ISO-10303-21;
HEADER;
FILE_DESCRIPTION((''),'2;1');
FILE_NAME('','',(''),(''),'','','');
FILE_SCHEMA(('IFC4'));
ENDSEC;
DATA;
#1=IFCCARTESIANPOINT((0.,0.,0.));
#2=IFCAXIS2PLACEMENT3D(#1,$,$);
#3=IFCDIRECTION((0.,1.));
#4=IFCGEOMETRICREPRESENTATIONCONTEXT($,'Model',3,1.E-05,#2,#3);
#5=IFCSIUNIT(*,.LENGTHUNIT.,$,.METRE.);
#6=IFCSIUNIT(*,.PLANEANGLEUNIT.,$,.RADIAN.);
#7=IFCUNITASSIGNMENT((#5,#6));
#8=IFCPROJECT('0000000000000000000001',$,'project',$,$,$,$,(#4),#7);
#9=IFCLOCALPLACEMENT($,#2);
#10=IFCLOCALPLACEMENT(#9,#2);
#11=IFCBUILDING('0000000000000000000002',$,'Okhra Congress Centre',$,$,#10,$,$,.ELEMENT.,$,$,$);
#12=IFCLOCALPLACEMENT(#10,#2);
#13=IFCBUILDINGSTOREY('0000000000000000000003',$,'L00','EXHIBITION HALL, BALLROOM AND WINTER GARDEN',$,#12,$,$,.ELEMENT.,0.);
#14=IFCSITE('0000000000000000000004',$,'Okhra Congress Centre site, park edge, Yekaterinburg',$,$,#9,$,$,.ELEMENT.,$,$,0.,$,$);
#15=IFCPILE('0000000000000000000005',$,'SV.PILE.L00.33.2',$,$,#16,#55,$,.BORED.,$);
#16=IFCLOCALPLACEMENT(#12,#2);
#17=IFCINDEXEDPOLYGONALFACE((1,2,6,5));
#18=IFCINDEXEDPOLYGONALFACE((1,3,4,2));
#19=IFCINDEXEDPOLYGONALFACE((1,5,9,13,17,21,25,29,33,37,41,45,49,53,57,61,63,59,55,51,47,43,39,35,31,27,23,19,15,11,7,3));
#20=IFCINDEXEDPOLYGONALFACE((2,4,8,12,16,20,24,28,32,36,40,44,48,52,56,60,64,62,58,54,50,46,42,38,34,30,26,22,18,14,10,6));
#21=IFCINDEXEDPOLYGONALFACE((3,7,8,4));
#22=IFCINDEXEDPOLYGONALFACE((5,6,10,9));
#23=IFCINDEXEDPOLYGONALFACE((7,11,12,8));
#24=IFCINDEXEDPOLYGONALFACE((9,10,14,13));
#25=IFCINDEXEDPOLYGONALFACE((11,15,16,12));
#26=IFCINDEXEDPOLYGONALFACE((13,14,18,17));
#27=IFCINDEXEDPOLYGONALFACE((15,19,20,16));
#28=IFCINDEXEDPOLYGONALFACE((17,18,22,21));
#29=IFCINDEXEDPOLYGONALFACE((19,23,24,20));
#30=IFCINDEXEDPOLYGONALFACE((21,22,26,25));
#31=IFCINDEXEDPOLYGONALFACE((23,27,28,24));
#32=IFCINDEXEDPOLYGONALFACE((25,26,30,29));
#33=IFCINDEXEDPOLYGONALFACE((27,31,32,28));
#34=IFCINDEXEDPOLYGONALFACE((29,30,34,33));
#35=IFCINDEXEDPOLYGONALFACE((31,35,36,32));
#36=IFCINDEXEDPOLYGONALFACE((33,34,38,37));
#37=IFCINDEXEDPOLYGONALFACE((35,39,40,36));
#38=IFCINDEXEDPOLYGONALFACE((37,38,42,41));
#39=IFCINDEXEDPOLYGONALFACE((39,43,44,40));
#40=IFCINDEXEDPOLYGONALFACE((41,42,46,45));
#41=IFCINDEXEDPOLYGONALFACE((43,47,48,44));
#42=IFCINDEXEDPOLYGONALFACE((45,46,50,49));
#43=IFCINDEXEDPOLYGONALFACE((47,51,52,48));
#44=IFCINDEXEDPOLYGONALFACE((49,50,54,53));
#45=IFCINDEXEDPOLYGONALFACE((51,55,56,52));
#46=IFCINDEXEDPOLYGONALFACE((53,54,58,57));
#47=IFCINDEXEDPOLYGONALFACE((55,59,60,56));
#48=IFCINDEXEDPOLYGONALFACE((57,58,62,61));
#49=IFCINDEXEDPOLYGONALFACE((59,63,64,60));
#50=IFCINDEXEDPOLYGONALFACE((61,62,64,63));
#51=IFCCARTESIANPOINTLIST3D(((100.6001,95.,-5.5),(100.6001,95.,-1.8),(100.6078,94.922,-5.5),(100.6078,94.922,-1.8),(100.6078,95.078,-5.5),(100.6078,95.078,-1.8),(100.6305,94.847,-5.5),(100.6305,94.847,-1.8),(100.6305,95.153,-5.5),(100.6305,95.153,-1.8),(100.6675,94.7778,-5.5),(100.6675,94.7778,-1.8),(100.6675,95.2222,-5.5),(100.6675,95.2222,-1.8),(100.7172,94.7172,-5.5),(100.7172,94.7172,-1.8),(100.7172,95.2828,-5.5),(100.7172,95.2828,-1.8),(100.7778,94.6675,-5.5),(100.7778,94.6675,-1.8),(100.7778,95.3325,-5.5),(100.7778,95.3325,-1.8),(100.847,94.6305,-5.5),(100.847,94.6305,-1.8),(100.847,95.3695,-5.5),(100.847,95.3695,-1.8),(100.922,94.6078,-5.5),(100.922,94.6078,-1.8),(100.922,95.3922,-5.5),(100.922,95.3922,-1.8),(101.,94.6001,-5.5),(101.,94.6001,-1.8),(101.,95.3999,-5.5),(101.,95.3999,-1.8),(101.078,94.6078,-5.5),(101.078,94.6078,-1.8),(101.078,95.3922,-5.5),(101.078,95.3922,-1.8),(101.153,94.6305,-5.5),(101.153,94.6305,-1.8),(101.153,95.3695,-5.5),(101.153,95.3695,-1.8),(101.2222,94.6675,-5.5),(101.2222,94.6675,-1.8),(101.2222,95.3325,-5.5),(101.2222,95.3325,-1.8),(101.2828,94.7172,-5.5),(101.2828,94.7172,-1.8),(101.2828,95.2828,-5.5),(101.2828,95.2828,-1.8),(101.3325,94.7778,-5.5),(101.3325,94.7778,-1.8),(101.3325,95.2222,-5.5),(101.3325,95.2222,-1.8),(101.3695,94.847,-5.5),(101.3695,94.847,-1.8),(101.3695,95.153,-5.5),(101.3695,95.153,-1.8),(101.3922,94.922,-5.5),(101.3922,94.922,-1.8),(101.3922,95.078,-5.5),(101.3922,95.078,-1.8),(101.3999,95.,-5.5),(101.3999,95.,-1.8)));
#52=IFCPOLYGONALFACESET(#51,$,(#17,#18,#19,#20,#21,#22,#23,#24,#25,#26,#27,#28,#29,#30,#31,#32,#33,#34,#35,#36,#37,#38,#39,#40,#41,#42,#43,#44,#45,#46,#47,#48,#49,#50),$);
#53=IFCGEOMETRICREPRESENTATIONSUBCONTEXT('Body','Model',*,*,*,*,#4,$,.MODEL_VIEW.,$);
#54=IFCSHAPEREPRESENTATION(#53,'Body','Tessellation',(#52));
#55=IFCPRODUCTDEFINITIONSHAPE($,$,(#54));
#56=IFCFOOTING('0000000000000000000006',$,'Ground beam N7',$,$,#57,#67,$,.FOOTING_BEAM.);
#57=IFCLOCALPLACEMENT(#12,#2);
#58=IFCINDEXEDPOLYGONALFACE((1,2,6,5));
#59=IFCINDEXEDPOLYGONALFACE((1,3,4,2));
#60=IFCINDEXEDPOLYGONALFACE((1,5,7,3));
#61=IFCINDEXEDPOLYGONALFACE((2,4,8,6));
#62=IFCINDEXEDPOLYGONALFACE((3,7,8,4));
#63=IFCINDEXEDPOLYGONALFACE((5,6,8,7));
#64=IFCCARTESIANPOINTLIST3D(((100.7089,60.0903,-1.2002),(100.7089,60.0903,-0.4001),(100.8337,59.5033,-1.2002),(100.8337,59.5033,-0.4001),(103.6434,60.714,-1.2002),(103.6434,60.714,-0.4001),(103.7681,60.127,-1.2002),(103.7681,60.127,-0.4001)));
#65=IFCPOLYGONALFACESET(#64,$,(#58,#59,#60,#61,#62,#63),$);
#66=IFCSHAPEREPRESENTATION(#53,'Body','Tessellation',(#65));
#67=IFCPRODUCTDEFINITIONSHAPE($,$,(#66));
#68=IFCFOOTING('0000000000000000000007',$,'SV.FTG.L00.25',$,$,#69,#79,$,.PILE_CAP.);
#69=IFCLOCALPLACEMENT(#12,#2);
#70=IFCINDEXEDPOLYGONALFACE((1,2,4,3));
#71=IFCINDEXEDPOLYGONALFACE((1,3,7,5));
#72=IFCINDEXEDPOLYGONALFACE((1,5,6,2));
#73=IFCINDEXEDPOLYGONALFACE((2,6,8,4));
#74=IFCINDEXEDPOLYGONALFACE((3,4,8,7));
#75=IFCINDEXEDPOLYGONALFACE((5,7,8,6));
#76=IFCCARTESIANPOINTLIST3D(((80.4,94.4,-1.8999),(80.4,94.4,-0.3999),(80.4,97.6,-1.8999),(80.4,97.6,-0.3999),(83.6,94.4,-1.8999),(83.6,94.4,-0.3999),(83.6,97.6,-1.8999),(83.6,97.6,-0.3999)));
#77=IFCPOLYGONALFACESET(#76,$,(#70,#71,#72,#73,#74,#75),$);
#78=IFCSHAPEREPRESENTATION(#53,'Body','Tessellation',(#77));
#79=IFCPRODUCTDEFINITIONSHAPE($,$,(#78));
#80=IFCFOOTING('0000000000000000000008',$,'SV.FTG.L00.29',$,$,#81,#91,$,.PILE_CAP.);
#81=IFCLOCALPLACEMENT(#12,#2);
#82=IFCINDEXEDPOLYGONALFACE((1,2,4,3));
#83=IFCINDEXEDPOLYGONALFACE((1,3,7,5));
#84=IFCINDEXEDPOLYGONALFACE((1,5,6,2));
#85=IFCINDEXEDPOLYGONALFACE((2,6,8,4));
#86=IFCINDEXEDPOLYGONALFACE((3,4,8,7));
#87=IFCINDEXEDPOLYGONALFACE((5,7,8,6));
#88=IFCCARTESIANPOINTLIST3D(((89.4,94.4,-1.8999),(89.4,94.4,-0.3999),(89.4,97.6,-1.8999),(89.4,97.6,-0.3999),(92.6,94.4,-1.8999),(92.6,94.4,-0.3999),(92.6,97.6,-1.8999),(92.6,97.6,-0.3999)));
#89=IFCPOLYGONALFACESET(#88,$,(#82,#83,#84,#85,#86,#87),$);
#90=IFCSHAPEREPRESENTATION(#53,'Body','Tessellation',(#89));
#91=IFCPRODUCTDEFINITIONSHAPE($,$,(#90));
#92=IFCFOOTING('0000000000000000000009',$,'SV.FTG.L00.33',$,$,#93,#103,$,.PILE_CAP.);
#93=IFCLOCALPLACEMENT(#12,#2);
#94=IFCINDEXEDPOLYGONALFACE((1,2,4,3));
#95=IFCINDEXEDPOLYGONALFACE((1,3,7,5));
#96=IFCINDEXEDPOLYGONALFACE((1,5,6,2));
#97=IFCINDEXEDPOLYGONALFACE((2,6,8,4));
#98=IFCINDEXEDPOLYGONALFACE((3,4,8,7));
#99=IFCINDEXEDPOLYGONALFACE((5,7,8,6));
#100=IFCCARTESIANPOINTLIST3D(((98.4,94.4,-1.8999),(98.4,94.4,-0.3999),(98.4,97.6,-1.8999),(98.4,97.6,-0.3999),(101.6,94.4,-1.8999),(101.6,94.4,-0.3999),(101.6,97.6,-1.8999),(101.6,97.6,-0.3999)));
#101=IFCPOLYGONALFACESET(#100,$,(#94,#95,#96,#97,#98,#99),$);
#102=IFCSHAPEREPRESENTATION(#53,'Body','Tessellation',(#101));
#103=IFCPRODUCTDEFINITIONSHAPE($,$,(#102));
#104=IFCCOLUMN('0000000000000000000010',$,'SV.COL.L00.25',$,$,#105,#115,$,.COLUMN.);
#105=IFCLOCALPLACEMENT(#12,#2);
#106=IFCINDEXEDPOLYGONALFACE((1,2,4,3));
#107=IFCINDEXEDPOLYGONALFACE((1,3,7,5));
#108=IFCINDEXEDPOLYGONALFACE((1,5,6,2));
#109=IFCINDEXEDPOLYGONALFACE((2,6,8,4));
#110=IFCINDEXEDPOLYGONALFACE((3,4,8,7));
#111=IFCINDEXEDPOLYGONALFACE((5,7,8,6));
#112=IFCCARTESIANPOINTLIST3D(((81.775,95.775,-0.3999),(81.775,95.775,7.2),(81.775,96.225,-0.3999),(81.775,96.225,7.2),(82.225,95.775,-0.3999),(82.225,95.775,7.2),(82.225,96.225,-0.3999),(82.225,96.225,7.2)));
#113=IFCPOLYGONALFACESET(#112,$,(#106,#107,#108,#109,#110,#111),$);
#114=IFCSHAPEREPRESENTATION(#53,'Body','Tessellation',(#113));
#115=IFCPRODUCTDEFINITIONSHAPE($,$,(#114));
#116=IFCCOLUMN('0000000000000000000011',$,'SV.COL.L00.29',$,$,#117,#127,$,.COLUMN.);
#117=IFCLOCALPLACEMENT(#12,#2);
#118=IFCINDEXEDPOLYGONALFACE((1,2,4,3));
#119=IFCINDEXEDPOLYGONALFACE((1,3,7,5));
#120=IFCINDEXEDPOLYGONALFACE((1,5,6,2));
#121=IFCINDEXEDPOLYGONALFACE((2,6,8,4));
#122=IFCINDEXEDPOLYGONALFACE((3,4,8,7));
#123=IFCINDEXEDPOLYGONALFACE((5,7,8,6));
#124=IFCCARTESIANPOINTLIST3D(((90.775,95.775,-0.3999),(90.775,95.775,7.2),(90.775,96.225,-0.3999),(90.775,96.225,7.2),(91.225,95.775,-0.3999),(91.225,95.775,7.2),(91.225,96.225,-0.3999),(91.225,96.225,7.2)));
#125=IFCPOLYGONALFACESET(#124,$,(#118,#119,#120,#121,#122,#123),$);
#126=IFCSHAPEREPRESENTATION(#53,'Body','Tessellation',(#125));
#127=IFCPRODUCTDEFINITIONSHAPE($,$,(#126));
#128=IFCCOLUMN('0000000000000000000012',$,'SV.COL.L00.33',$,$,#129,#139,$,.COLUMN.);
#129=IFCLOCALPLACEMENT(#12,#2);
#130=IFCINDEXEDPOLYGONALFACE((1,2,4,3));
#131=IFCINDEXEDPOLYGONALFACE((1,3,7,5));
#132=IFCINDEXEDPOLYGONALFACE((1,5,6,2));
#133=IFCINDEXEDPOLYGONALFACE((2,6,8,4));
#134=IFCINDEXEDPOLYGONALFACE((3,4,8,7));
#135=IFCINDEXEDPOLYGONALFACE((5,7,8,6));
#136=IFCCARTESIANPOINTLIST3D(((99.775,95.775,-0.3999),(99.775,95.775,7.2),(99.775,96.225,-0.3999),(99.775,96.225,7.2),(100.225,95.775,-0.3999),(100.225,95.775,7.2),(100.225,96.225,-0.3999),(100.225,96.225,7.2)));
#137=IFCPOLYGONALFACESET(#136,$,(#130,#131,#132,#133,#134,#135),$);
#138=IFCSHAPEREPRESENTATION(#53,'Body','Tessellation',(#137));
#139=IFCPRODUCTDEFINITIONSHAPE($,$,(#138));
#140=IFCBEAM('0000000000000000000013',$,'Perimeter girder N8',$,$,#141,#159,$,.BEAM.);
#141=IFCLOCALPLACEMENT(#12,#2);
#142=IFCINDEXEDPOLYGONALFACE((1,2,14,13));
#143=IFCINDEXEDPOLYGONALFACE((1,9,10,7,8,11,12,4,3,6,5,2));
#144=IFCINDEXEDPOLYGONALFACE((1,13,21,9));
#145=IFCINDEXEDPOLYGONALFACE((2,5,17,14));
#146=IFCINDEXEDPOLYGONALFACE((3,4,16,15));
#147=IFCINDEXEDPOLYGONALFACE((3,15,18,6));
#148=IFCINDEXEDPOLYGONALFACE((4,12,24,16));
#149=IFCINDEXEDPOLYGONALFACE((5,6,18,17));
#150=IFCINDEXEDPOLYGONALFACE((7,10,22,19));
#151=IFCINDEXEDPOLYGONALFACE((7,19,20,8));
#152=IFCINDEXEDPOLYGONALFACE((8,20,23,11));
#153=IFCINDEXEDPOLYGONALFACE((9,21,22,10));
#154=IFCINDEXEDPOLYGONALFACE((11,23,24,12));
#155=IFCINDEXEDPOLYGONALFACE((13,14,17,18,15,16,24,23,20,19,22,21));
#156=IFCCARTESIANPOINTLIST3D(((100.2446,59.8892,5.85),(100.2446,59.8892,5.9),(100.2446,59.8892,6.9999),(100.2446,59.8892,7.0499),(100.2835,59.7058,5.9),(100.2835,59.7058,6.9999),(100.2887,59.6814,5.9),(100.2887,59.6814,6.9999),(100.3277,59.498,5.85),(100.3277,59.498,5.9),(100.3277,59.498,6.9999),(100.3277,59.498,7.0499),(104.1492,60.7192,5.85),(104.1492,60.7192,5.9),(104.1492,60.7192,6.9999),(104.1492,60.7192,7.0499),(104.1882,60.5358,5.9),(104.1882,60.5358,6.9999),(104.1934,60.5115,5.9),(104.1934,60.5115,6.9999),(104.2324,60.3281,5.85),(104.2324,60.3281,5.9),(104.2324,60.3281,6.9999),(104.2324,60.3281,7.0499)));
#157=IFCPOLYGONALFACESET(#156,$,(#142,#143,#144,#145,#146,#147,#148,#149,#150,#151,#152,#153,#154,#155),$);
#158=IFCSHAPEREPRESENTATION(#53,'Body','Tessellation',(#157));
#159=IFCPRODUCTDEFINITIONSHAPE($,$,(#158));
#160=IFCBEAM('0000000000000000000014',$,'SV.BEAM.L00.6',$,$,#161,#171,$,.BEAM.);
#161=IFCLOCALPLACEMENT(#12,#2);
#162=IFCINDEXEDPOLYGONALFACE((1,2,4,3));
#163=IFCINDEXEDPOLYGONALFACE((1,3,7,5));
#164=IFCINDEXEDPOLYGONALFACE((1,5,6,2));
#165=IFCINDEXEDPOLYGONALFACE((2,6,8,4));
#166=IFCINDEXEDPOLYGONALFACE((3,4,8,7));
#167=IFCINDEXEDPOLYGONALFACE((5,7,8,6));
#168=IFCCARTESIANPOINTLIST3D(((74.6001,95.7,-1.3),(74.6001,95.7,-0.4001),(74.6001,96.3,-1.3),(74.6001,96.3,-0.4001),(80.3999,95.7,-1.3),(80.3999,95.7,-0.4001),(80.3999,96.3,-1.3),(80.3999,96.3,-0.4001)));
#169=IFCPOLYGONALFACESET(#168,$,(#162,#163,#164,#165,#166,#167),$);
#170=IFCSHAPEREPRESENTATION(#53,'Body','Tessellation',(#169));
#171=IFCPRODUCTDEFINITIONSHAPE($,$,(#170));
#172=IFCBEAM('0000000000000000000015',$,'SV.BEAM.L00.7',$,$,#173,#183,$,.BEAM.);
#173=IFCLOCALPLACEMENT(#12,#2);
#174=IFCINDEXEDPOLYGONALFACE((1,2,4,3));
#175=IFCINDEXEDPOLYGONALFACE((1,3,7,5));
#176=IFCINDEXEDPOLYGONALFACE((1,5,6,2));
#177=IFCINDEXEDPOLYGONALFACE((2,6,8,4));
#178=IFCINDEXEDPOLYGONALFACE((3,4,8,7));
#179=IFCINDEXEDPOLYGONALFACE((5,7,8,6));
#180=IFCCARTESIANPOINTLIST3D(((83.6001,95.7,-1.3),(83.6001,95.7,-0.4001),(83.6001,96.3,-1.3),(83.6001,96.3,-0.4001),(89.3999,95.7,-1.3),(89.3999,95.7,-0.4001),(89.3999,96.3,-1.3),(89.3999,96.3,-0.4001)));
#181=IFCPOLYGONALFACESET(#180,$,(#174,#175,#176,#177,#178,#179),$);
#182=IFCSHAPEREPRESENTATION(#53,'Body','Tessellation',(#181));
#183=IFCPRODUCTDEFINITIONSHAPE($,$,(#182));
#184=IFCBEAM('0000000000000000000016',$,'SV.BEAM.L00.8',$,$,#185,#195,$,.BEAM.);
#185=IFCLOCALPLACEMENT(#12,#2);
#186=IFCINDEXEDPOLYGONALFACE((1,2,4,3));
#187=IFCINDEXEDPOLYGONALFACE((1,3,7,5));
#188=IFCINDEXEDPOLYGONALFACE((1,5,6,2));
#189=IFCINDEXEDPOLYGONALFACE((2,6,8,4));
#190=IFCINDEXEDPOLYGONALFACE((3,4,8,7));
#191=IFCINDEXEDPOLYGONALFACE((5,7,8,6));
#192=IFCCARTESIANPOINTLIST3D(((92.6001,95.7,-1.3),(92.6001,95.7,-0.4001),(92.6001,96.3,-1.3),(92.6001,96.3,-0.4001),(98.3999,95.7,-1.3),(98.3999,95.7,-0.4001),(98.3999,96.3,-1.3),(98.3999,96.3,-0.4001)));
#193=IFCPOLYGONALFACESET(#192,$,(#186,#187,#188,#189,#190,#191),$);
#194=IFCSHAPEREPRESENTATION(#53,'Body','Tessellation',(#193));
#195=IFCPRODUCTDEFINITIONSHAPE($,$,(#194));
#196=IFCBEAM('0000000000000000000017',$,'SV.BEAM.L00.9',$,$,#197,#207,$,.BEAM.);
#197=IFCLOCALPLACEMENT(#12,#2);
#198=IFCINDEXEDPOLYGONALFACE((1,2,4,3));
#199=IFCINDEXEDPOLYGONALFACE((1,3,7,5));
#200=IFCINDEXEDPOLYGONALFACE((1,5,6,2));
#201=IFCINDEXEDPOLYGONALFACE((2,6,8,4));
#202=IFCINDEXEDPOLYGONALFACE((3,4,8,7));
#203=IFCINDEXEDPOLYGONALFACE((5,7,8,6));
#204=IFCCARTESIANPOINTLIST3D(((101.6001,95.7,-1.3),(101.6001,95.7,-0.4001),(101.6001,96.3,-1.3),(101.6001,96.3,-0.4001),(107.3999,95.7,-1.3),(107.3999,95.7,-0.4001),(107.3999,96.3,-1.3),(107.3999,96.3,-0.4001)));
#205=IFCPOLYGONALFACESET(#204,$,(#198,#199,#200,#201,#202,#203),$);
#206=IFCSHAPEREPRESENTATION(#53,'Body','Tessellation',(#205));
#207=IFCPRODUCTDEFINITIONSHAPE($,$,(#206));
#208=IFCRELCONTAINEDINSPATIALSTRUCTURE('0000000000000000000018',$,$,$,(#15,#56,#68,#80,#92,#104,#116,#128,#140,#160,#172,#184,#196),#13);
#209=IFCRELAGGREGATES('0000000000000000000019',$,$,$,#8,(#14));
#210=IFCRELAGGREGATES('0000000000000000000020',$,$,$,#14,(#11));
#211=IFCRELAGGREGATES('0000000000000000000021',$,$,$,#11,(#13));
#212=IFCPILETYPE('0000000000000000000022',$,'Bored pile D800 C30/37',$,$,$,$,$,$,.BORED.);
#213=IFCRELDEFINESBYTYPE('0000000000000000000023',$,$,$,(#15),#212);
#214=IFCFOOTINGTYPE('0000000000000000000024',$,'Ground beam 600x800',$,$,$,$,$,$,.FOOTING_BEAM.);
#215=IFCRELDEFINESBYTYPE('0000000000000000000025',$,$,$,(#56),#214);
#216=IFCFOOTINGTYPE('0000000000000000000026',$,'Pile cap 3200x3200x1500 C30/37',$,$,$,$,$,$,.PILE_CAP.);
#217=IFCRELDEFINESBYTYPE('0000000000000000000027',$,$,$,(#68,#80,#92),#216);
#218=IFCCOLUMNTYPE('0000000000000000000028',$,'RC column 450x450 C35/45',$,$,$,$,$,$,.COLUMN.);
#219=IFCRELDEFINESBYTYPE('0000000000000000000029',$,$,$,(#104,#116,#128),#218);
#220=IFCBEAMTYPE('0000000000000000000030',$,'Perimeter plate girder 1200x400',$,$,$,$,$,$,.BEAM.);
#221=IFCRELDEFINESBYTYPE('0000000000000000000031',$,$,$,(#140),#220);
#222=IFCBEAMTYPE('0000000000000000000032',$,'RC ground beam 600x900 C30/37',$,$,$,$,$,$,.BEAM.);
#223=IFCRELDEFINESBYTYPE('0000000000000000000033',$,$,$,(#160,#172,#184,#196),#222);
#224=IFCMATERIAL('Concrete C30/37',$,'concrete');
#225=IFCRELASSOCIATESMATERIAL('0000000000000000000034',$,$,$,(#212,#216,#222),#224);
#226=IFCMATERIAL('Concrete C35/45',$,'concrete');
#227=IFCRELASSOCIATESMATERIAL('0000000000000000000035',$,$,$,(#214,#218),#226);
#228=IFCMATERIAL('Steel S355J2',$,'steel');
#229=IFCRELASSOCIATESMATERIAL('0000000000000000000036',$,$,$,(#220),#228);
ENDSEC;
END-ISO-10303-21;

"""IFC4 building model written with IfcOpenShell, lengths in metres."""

from ifc_helpers import new_model, si_unit, direction, frame, origin, origin_2d, place, context, subcontext, project, spatial, rectangle, circle, i_section, extrude, material, material_profile, profile_set, type_object, element, save


model = new_model("IFC4")

# Units and contexts
model_context = context("Model", 3, precision=1e-05, world=origin(), true_north=direction((0.0, 1.0)))
body_context = subcontext(model_context, "Body", "Model", "MODEL_VIEW")
ifc_project = project(units=[si_unit("LENGTHUNIT", "METRE"), si_unit("PLANEANGLEUNIT", "RADIAN")], contexts=[model_context])

# Site, building, storey
site_placement = place(None, origin())
site = spatial("IfcSite", under=ifc_project, at=site_placement, Name="Okhra Congress Centre site, park edge, Yekaterinburg", CompositionType="ELEMENT", RefElevation=0.0)
building_placement = place(site_placement, origin())
building = spatial("IfcBuilding", under=site, at=building_placement, Name="Okhra Congress Centre", CompositionType="ELEMENT")
storey_placement = place(building_placement, origin())
storey = spatial("IfcBuildingStorey", under=building, at=storey_placement, Name="L00", Description="EXHIBITION HALL, BALLROOM AND WINTER GARDEN", CompositionType="ELEMENT", Elevation=0.0)

# Pile
ifc_material_1 = material(Name="Concrete C30/37", Category="concrete")
ifc_material_profile_1 = material_profile(ifc_material_1, circle(Radius=0.3999, at=origin_2d()), Name="D800")
ifc_profile_set_1 = profile_set([ifc_material_profile_1], Name="Concrete C30/37")
pile_type = type_object("IfcPileType", Name="Bored pile D800 C30/37", PredefinedType="BORED", material=ifc_profile_set_1)
for number, where, z_axis, x_axis, name in (
    (1, (101.0, 95.0, -1.8), (0.0, 0.0, -1.0), (1.0, 0.0, 0.0), "SV.PILE.L00.33.2"),
):
    element("IfcPile", number, at=place(storey_placement, frame(where, z_axis=z_axis, x_axis=x_axis)), inside=storey, type_object=pile_type, Name=name, PredefinedType="BORED", context=body_context, shape_type="SweptSolid", body=[
        extrude(circle(Radius=0.3999, at=origin_2d()), origin(), (0.0, 0.0, 1.0), 3.7),
    ])

# Footings
ifc_material_2 = material(Name="Concrete C35/45", Category="concrete")
footing_type_1 = type_object("IfcFootingType", Name="Ground beam 600x800", PredefinedType="FOOTING_BEAM", material=ifc_material_2)
footing_placement = place(storey_placement, frame((102.2385, 60.1086, -1.2002), z_axis=(0.0, 0.0, 1.0), x_axis=(0.978148, 0.207912, 0.0)))
element("IfcFooting", 2, at=footing_placement, inside=storey, type_object=footing_type_1, Name="Ground beam N7", PredefinedType="FOOTING_BEAM", context=body_context, shape_type="SweptSolid", body=[
    extrude(rectangle(XDim=3.0, YDim=0.6001, at=origin_2d()), origin(), (0.0, 0.0, 1.0), 0.8),
])
footing_type_2 = type_object("IfcFootingType", Name="Pile cap 3200x3200x1500 C30/37", PredefinedType="PILE_CAP", material=ifc_material_1)
for number, where, z_axis, x_axis, name in (
    (3, (82.0, 96.0, -1.8999), (0.0, 0.0, 1.0), (1.0, 0.0, 0.0), "SV.FTG.L00.25"),
    (4, (91.0, 96.0, -1.8999), (0.0, 0.0, 1.0), (1.0, 0.0, 0.0), "SV.FTG.L00.29"),
    (5, (100.0, 96.0, -1.8999), (0.0, 0.0, 1.0), (1.0, 0.0, 0.0), "SV.FTG.L00.33"),
):
    element("IfcFooting", number, at=place(storey_placement, frame(where, z_axis=z_axis, x_axis=x_axis)), inside=storey, type_object=footing_type_2, Name=name, PredefinedType="PILE_CAP", context=body_context, shape_type="SweptSolid", body=[
        extrude(rectangle(XDim=3.2, YDim=3.2, at=origin_2d()), origin(), (0.0, 0.0, 1.0), 1.5),
    ])

# Columns
ifc_material_profile_2 = material_profile(ifc_material_2, rectangle(XDim=0.45, YDim=0.45, at=origin_2d()), Name="RC 450x450")
ifc_profile_set_2 = profile_set([ifc_material_profile_2], Name="Concrete C35/45")
column_type = type_object("IfcColumnType", Name="RC column 450x450 C35/45", PredefinedType="COLUMN", material=ifc_profile_set_2)
for number, where, z_axis, x_axis, name in (
    (6, (82.0, 96.0, -0.3999), (0.0, 0.0, 1.0), (1.0, 0.0, 0.0), "SV.COL.L00.25"),
    (7, (91.0, 96.0, -0.3999), (0.0, 0.0, 1.0), (1.0, 0.0, 0.0), "SV.COL.L00.29"),
    (8, (100.0, 96.0, -0.3999), (0.0, 0.0, 1.0), (1.0, 0.0, 0.0), "SV.COL.L00.33"),
):
    element("IfcColumn", number, at=place(storey_placement, frame(where, z_axis=z_axis, x_axis=x_axis)), inside=storey, type_object=column_type, Name=name, PredefinedType="COLUMN", context=body_context, shape_type="SweptSolid", body=[
        extrude(rectangle(XDim=0.45, YDim=0.45, at=origin_2d()), origin(), (0.0, 0.0, 1.0), 7.5999),
    ])

# Beams
ifc_material_3 = material(Name="Steel S355J2", Category="steel")
ifc_material_profile_3 = material_profile(ifc_material_3, i_section(OverallWidth=0.3999, OverallDepth=1.2, WebThickness=0.0249, FlangeThickness=0.05, at=origin_2d()), Name="Plate girder 1200x400")
ifc_profile_set_3 = profile_set([ifc_material_profile_3], Name="Steel S355J2")
beam_type_1 = type_object("IfcBeamType", Name="Perimeter plate girder 1200x400", PredefinedType="BEAM", material=ifc_profile_set_3)
beam_placement = place(storey_placement, frame((100.2861, 59.6936, 6.45), z_axis=(0.978143, 0.207933, 0.0), x_axis=(-0.207933, 0.978143, 0.0)))
element("IfcBeam", 9, at=beam_placement, inside=storey, type_object=beam_type_1, Name="Perimeter girder N8", PredefinedType="BEAM", context=body_context, shape_type="SweptSolid", body=[
    extrude(i_section(OverallWidth=0.3999, OverallDepth=1.2, WebThickness=0.0249, FlangeThickness=0.05, at=origin_2d()), origin(), (0.0, 0.0, 1.0), 3.9919),
])
ifc_material_profile_4 = material_profile(ifc_material_1, rectangle(XDim=0.6001, YDim=0.8999, at=origin_2d()), Name="RC 600x900")
ifc_profile_set_4 = profile_set([ifc_material_profile_4], Name="Concrete C30/37")
beam_type_2 = type_object("IfcBeamType", Name="RC ground beam 600x900 C30/37", PredefinedType="BEAM", material=ifc_profile_set_4)
for number, where, z_axis, x_axis, name in (
    (10, (74.6001, 96.0, -0.8501), (1.0, 0.0, 0.0), (0.0, 1.0, 0.0), "SV.BEAM.L00.6"),
    (11, (83.6001, 96.0, -0.8501), (1.0, 0.0, 0.0), (0.0, 1.0, 0.0), "SV.BEAM.L00.7"),
    (12, (92.6001, 96.0, -0.8501), (1.0, 0.0, 0.0), (0.0, 1.0, 0.0), "SV.BEAM.L00.8"),
    (13, (101.6001, 96.0, -0.8501), (1.0, 0.0, 0.0), (0.0, 1.0, 0.0), "SV.BEAM.L00.9"),
):
    element("IfcBeam", number, at=place(storey_placement, frame(where, z_axis=z_axis, x_axis=x_axis)), inside=storey, type_object=beam_type_2, Name=name, PredefinedType="BEAM", context=body_context, shape_type="SweptSolid", body=[
        extrude(rectangle(XDim=0.6001, YDim=0.8999, at=origin_2d()), origin(), (0.0, 0.0, 1.0), 5.7998),
    ])

save(model, "model.ifc")
